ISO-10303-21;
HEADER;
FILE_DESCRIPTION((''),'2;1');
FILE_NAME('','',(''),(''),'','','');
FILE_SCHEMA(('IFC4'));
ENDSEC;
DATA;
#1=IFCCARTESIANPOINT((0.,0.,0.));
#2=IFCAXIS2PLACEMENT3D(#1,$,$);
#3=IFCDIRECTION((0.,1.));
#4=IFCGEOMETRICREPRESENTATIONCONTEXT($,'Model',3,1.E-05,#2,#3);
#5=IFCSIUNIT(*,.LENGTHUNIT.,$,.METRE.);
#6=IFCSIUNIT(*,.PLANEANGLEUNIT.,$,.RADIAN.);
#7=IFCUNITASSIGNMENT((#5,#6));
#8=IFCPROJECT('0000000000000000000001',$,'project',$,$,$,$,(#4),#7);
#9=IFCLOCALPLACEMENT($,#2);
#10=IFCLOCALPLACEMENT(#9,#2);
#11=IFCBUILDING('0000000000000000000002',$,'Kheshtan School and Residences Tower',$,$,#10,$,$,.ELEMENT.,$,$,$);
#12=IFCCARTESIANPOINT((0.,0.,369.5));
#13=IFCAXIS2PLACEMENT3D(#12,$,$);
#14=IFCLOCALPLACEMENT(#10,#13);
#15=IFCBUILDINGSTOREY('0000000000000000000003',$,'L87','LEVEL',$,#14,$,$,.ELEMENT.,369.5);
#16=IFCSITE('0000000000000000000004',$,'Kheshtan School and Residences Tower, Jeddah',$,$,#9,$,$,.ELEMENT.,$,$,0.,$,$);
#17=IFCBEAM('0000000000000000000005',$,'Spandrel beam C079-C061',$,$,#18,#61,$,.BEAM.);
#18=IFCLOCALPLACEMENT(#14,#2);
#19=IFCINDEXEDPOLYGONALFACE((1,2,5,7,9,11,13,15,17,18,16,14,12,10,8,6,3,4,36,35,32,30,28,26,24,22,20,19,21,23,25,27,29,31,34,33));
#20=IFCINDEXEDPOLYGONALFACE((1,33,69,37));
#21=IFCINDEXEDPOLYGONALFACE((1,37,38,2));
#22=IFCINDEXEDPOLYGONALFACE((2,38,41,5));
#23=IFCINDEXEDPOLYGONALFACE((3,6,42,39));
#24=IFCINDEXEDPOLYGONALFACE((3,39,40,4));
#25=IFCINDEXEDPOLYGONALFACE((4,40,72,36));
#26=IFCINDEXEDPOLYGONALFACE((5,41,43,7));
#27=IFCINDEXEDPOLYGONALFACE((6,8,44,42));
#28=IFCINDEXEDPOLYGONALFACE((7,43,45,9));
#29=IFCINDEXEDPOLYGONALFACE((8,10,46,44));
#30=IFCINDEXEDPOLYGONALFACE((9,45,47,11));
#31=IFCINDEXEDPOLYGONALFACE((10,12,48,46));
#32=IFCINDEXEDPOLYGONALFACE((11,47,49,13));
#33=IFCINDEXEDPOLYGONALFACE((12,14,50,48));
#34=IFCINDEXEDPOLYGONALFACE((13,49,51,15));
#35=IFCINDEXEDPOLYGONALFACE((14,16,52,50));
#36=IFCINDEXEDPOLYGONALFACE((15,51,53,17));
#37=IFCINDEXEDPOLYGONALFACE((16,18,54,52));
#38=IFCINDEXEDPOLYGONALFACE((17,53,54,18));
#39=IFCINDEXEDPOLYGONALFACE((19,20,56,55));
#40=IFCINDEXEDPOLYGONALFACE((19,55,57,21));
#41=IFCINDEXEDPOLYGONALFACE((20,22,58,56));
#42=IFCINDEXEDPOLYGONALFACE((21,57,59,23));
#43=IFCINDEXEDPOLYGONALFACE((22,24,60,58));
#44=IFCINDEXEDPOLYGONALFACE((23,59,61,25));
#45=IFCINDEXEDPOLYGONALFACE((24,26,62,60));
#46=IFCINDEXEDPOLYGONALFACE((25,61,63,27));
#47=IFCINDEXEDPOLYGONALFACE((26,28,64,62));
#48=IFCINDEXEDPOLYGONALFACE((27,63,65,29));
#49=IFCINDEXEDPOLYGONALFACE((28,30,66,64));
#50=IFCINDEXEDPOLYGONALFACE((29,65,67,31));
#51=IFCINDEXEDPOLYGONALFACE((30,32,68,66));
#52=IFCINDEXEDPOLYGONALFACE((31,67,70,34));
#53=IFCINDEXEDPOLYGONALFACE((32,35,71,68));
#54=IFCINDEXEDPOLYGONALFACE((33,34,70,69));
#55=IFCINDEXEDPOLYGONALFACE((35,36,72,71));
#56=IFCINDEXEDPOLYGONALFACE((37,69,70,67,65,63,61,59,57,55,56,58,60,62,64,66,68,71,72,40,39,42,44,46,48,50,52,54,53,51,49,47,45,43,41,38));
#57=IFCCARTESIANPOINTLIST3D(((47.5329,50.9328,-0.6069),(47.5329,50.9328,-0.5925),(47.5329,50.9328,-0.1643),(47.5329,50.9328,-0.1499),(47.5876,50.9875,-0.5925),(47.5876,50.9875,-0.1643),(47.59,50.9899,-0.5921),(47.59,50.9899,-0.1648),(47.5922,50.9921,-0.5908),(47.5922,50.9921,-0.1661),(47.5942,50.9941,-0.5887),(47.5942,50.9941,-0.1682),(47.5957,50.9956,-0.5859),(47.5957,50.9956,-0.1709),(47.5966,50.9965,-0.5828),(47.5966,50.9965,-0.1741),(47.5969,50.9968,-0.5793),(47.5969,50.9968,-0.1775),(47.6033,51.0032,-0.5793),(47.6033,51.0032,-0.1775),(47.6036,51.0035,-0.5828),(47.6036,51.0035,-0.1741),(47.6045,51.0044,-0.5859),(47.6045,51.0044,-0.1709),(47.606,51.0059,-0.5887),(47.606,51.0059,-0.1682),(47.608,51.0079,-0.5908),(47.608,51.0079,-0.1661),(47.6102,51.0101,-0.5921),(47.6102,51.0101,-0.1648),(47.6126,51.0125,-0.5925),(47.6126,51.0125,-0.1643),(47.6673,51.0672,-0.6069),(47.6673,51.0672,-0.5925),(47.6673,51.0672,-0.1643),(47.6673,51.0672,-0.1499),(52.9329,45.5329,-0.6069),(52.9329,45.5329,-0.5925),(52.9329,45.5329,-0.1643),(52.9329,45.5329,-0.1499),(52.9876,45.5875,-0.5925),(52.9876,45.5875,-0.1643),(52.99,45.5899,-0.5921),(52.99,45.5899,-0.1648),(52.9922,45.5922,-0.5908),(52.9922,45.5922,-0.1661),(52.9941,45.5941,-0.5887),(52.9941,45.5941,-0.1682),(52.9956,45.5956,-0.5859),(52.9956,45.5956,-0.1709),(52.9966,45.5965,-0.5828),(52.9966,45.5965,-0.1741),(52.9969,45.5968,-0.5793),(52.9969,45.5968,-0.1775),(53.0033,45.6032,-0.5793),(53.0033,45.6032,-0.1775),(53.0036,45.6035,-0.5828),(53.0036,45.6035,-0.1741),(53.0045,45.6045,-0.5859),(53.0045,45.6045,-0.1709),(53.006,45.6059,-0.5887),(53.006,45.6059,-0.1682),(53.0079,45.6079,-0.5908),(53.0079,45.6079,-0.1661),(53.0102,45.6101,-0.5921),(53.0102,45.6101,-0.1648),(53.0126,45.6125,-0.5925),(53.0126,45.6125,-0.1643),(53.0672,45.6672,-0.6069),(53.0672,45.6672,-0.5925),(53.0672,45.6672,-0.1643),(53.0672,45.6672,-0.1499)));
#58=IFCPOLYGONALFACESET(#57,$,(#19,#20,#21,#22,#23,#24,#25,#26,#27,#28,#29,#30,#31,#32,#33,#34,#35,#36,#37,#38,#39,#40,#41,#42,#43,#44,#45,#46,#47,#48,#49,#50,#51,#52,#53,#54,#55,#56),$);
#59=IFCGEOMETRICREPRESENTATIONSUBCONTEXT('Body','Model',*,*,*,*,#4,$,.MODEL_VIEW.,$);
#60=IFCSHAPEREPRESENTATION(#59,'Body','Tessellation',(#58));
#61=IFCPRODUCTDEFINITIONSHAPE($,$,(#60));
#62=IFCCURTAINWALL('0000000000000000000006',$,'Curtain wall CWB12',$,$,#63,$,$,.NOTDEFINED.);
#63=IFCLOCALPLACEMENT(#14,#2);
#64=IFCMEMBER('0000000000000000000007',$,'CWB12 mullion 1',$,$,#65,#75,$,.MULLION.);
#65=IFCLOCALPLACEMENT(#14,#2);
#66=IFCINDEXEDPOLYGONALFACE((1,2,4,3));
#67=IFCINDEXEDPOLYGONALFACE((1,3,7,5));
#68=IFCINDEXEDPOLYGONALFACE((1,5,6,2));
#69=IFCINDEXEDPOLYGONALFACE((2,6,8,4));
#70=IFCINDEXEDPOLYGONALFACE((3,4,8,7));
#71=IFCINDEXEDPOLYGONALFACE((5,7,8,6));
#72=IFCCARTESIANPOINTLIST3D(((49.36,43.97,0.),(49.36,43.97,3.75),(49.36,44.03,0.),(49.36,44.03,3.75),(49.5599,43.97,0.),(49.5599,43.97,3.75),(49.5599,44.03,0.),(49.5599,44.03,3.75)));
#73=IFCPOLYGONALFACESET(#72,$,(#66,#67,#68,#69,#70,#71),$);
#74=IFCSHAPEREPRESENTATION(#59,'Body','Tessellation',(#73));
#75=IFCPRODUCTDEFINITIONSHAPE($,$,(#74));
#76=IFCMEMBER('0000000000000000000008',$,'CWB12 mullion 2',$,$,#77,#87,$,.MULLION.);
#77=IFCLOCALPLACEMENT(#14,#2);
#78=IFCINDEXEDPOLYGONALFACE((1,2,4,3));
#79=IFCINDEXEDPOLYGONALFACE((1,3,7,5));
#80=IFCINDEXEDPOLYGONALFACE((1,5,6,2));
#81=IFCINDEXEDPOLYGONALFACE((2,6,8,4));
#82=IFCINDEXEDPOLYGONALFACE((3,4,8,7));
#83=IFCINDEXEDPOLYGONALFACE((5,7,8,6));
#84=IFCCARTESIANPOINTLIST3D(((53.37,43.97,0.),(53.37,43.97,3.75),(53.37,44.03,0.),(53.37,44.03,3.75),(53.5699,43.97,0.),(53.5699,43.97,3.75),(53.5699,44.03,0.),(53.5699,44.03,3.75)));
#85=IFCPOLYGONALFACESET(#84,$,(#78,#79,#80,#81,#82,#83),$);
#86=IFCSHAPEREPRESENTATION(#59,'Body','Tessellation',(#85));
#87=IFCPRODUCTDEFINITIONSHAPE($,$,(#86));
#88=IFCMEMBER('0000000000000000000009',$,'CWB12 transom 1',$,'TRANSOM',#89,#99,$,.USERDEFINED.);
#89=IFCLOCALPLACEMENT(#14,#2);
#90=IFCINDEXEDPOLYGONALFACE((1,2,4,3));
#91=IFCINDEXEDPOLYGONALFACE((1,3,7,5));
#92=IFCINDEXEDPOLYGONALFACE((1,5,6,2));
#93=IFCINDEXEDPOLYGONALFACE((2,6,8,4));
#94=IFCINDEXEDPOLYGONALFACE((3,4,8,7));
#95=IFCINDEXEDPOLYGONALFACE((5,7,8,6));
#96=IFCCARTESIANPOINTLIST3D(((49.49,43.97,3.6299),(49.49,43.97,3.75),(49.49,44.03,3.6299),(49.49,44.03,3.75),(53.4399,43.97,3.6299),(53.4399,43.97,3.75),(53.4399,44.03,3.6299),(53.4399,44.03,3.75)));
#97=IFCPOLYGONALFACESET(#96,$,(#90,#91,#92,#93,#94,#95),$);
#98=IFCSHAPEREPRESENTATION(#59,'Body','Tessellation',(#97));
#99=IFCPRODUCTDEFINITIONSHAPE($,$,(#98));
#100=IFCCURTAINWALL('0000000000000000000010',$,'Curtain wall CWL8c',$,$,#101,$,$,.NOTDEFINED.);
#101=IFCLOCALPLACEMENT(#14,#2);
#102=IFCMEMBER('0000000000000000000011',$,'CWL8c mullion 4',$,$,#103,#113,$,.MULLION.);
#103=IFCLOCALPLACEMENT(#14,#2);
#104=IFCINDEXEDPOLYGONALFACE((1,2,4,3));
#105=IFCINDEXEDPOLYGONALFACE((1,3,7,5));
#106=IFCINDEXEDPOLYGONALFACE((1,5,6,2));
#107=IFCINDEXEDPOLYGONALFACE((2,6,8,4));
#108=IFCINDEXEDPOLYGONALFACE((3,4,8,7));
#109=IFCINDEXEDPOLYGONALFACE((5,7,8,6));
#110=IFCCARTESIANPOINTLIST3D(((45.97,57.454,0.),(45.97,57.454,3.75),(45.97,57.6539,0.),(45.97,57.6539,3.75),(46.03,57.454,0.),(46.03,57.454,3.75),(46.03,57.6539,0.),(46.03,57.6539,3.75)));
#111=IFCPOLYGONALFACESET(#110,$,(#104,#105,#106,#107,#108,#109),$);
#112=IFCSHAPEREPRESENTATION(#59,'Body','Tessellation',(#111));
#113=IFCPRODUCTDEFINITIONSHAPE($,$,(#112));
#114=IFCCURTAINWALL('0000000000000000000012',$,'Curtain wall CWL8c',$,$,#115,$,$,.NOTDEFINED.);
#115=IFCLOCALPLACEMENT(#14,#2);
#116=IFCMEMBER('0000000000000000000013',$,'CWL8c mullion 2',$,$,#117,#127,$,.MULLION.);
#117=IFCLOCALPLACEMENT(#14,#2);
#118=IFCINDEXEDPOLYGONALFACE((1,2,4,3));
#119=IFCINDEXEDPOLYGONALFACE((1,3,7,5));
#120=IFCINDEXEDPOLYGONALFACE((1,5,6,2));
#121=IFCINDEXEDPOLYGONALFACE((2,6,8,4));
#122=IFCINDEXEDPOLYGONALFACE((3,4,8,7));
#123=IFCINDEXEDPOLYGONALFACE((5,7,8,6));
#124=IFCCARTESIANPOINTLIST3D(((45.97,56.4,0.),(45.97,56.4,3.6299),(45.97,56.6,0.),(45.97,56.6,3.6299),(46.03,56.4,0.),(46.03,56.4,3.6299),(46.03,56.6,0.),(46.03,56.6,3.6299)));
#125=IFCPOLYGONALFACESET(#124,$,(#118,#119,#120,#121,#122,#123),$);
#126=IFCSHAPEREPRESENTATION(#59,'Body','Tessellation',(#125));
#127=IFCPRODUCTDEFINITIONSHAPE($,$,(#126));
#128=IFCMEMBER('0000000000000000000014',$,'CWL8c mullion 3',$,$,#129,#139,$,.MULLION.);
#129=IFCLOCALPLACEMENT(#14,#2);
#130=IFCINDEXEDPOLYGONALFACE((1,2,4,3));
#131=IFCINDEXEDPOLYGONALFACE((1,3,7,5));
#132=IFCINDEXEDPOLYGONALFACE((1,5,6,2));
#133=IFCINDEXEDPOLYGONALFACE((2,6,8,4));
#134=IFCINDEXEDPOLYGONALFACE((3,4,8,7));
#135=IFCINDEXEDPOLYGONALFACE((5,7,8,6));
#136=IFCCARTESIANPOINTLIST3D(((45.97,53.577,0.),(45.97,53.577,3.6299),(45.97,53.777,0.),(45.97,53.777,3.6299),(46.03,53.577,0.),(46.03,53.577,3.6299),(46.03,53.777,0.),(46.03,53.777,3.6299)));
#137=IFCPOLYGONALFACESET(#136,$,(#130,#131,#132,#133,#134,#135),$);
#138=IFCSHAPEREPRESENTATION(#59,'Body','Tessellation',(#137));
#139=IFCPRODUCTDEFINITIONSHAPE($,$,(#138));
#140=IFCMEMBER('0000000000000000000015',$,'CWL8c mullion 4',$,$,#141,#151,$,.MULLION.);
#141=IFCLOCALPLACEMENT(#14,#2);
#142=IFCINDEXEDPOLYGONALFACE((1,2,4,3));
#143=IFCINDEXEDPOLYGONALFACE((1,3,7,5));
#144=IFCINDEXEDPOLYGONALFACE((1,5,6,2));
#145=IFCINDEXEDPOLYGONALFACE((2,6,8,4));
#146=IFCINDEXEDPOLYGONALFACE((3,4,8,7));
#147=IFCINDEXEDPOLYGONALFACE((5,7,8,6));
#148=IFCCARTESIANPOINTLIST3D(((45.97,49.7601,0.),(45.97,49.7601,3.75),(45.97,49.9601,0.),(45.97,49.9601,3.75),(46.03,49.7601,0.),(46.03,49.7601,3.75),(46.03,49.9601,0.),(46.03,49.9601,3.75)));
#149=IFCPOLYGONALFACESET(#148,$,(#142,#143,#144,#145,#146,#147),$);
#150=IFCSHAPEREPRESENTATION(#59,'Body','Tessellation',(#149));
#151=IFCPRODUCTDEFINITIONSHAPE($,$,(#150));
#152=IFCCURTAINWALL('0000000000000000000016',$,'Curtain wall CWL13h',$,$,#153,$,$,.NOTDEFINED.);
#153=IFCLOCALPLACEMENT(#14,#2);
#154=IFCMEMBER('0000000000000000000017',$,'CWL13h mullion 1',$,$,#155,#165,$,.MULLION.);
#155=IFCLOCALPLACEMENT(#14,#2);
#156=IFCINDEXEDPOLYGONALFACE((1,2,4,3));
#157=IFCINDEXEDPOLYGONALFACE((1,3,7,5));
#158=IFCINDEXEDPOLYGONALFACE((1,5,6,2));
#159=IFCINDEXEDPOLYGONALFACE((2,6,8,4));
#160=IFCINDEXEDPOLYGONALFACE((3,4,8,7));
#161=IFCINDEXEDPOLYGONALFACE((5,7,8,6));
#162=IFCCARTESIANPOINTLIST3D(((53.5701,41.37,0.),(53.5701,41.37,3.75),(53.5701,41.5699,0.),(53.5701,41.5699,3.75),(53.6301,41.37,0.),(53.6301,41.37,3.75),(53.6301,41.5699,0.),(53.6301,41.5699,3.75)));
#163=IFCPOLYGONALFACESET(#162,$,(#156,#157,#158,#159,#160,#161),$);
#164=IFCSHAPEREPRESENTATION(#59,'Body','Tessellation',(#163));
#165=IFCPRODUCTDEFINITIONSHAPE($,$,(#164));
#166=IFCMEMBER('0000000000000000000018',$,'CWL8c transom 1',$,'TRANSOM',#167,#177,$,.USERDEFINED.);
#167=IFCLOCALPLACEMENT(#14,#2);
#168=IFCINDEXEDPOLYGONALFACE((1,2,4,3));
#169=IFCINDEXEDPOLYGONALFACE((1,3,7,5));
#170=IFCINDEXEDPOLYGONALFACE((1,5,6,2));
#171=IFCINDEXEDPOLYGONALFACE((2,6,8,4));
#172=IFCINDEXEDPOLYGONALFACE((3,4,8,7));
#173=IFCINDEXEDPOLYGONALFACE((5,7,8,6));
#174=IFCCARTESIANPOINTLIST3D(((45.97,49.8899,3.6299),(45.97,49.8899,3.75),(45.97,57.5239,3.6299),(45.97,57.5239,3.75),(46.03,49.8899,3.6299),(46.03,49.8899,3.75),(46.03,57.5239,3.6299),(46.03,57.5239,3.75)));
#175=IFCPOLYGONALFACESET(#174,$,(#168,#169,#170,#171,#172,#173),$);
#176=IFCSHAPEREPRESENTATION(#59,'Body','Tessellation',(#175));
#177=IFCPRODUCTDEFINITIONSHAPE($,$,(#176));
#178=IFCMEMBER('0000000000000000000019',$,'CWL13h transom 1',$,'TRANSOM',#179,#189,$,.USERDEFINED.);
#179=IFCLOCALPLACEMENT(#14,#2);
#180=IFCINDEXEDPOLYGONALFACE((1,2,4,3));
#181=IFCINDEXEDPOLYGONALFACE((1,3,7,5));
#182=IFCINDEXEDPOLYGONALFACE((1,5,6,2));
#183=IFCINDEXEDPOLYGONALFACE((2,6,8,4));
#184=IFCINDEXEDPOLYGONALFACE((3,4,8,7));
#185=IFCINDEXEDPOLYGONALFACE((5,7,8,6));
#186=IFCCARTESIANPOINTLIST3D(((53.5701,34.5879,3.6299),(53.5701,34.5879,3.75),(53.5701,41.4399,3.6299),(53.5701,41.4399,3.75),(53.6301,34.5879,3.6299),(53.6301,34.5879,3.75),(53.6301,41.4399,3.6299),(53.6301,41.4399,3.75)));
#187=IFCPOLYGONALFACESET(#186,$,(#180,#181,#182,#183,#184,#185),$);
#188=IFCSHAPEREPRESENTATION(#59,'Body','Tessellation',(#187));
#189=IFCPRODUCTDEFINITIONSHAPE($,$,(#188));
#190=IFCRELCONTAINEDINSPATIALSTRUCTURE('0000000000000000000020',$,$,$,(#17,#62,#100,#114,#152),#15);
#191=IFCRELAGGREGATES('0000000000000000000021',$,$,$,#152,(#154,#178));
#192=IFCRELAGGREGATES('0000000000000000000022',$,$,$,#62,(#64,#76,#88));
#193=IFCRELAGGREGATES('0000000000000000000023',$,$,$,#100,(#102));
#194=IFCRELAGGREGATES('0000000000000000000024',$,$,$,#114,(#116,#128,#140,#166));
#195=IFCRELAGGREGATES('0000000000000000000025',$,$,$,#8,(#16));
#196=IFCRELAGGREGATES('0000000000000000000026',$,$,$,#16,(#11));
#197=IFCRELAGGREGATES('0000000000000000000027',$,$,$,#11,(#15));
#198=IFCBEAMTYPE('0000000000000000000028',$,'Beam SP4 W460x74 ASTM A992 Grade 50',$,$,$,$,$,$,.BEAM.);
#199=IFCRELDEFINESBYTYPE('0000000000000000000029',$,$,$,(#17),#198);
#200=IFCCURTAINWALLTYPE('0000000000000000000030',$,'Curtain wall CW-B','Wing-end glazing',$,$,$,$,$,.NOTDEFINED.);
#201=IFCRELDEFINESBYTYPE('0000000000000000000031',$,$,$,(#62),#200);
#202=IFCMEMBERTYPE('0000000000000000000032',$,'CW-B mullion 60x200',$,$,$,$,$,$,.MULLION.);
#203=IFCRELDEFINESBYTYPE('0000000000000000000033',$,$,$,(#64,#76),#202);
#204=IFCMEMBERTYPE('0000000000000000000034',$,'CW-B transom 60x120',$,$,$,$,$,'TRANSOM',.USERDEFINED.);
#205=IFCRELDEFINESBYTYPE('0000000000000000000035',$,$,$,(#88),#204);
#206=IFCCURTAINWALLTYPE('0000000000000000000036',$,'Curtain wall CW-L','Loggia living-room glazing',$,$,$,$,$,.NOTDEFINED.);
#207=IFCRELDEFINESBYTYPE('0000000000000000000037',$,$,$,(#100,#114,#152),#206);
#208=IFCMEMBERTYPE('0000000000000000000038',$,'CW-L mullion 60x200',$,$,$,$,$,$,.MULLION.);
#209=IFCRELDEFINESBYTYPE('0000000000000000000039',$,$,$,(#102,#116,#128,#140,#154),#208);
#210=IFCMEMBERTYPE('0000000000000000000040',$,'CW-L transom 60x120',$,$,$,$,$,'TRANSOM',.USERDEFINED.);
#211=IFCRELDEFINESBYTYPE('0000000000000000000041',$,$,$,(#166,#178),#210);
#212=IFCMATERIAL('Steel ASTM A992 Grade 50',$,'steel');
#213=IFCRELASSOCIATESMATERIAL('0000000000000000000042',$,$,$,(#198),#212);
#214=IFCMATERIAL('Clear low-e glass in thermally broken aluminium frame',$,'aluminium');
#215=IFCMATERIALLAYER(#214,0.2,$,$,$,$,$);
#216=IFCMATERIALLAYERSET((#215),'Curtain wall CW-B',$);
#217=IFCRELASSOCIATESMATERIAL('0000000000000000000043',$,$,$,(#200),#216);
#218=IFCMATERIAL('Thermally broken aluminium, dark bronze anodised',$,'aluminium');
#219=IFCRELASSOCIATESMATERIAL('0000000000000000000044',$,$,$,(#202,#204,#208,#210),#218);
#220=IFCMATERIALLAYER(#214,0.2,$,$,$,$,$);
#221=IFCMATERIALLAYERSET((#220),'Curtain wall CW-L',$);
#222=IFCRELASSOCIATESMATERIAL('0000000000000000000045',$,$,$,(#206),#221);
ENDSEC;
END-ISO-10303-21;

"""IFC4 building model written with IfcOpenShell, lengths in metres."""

from ifc_helpers import new_model, si_unit, direction, frame, origin, origin_2d, place, context, subcontext, project, spatial, rectangle, i_section, extrude, material, layer, layer_set, material_profile, profile_set, type_object, element, aggregate, save


model = new_model("IFC4")

# Units and contexts
model_context = context("Model", 3, precision=1e-05, world=origin(), true_north=direction((0.0, 1.0)))
body_context = subcontext(model_context, "Body", "Model", "MODEL_VIEW")
ifc_project = project(units=[si_unit("LENGTHUNIT", "METRE"), si_unit("PLANEANGLEUNIT", "RADIAN")], contexts=[model_context])

# Site, building, storey
site_placement = place(None, origin())
site = spatial("IfcSite", under=ifc_project, at=site_placement, Name="Kheshtan School and Residences Tower, Jeddah", CompositionType="ELEMENT", RefElevation=0.0)
building_placement = place(site_placement, origin())
building = spatial("IfcBuilding", under=site, at=building_placement, Name="Kheshtan School and Residences Tower", CompositionType="ELEMENT")
storey_placement = place(building_placement, frame((0.0, 0.0, 369.5)))
storey = spatial("IfcBuildingStorey", under=building, at=storey_placement, Name="L87", Description="LEVEL", CompositionType="ELEMENT", Elevation=369.5)

# Shared definitions
ifc_material_1 = material(Name="Steel ASTM A992 Grade 50", Category="steel")

# Beam
ifc_material_profile_1 = material_profile(ifc_material_1, i_section(OverallWidth=0.1899, OverallDepth=0.457, WebThickness=0.009, FlangeThickness=0.0144, FilletRadius=0.0132, at=origin_2d()), Name="W460x74")
ifc_profile_set_1 = profile_set([ifc_material_profile_1], Name="Steel ASTM A992 Grade 50")
beam_type_1 = type_object("IfcBeamType", Name="Beam SP4 W460x74 ASTM A992 Grade 50", PredefinedType="BEAM", material=ifc_profile_set_1)
beam_1_placement = place(storey_placement, frame((47.6001, 51.0, -0.3784), z_axis=(0.707107, -0.707107, 0.0), x_axis=(0.707107, 0.707107, 0.0)))
element("IfcBeam", 1, at=beam_1_placement, inside=storey, type_object=beam_type_1, Name="Spandrel beam C079-C061", PredefinedType="BEAM", context=body_context, shape_type="SweptSolid", body=[
    extrude(i_section(OverallWidth=0.1899, OverallDepth=0.457, WebThickness=0.009, FlangeThickness=0.0144, FilletRadius=0.0132, at=origin_2d()), origin(), (0.0, 0.0, 1.0), 7.6367),
])

# Curtain wall, members
ifc_material_2 = material(Name="Clear low-e glass in thermally broken aluminium frame", Category="aluminium")
ifc_layer_1 = layer(ifc_material_2, 0.2)
ifc_layer_set_1 = layer_set([ifc_layer_1], Name="Curtain wall CW-B")
curtain_wall_type_1 = type_object("IfcCurtainWallType", Name="Curtain wall CW-B", Description="Wing-end glazing", PredefinedType="NOTDEFINED", material=ifc_layer_set_1)
curtain_wall_1_placement = place(storey_placement, origin())
curtain_wall_1 = element("IfcCurtainWall", 2, at=curtain_wall_1_placement, inside=storey, type_object=curtain_wall_type_1, Name="Curtain wall CWB12", PredefinedType="NOTDEFINED")
ifc_material_3 = material(Name="Thermally broken aluminium, dark bronze anodised", Category="aluminium")
ifc_material_profile_2 = material_profile(ifc_material_3, rectangle(XDim=0.0601, YDim=0.2, at=origin_2d()), Name="CW-B mullion 60x200")
ifc_profile_set_2 = profile_set([ifc_material_profile_2], Name="Thermally broken aluminium, dark bronze anodised")
member_type_1 = type_object("IfcMemberType", Name="CW-B mullion 60x200", PredefinedType="MULLION", material=ifc_profile_set_2)
member_1_placement = place(storey_placement, frame((49.46, 44.0, 0.0), z_axis=(0.0, 0.0, 1.0), x_axis=(0.0, 1.0, 0.0)))
member_1 = element("IfcMember", 3, at=member_1_placement, type_object=member_type_1, Name="CWB12 mullion 1", PredefinedType="MULLION", context=body_context, shape_type="SweptSolid", body=[
    extrude(rectangle(XDim=0.0601, YDim=0.2, at=origin_2d()), origin(), (0.0, 0.0, 1.0), 3.75),
])
member_2_placement = place(storey_placement, frame((53.47, 44.0, 0.0), z_axis=(0.0, 0.0, 1.0), x_axis=(0.0, 1.0, 0.0)))
member_2 = element("IfcMember", 4, at=member_2_placement, type_object=member_type_1, Name="CWB12 mullion 2", PredefinedType="MULLION", context=body_context, shape_type="SweptSolid", body=[
    extrude(rectangle(XDim=0.0601, YDim=0.2, at=origin_2d()), origin(), (0.0, 0.0, 1.0), 3.75),
])
ifc_material_profile_3 = material_profile(ifc_material_3, rectangle(XDim=0.0601, YDim=0.1201, at=origin_2d()), Name="CW-B transom 60x120")
ifc_profile_set_3 = profile_set([ifc_material_profile_3], Name="Thermally broken aluminium, dark bronze anodised")
member_type_2 = type_object("IfcMemberType", Name="CW-B transom 60x120", ElementType="TRANSOM", PredefinedType="USERDEFINED", material=ifc_profile_set_3)
member_3_placement = place(storey_placement, frame((49.49, 44.0, 3.6899), z_axis=(1.0, 0.0, 0.0), x_axis=(0.0, 1.0, 0.0)))
member_3 = element("IfcMember", 5, at=member_3_placement, type_object=member_type_2, Name="CWB12 transom 1", ObjectType="TRANSOM", PredefinedType="USERDEFINED", context=body_context, shape_type="SweptSolid", body=[
    extrude(rectangle(XDim=0.0601, YDim=0.1201, at=origin_2d()), origin(), (0.0, 0.0, 1.0), 3.95),
])

# Curtain wall, member
ifc_layer_2 = layer(ifc_material_2, 0.2)
ifc_layer_set_2 = layer_set([ifc_layer_2], Name="Curtain wall CW-L")
curtain_wall_type_2 = type_object("IfcCurtainWallType", Name="Curtain wall CW-L", Description="Loggia living-room glazing", PredefinedType="NOTDEFINED", material=ifc_layer_set_2)
curtain_wall_2_placement = place(storey_placement, origin())
curtain_wall_2 = element("IfcCurtainWall", 6, at=curtain_wall_2_placement, inside=storey, type_object=curtain_wall_type_2, Name="Curtain wall CWL8c", PredefinedType="NOTDEFINED")
ifc_material_profile_4 = material_profile(ifc_material_3, rectangle(XDim=0.0601, YDim=0.2, at=origin_2d()), Name="CW-L mullion 60x200")
ifc_profile_set_4 = profile_set([ifc_material_profile_4], Name="Thermally broken aluminium, dark bronze anodised")
member_type_3 = type_object("IfcMemberType", Name="CW-L mullion 60x200", PredefinedType="MULLION", material=ifc_profile_set_4)
member_4_placement = place(storey_placement, frame((46.0, 57.554, 0.0), z_axis=(0.0, 0.0, 1.0), x_axis=(1.0, 0.0, 0.0)))
member_4 = element("IfcMember", 7, at=member_4_placement, type_object=member_type_3, Name="CWL8c mullion 4", PredefinedType="MULLION", context=body_context, shape_type="SweptSolid", body=[
    extrude(rectangle(XDim=0.0601, YDim=0.2, at=origin_2d()), origin(), (0.0, 0.0, 1.0), 3.75),
])

# Curtain wall, members
curtain_wall_3_placement = place(storey_placement, origin())
curtain_wall_3 = element("IfcCurtainWall", 8, at=curtain_wall_3_placement, inside=storey, type_object=curtain_wall_type_2, Name="Curtain wall CWL8c", PredefinedType="NOTDEFINED")
member_5_placement = place(storey_placement, frame((46.0, 56.5, 0.0), z_axis=(0.0, 0.0, 1.0), x_axis=(1.0, 0.0, 0.0)))
member_5 = element("IfcMember", 9, at=member_5_placement, type_object=member_type_3, Name="CWL8c mullion 2", PredefinedType="MULLION", context=body_context, shape_type="SweptSolid", body=[
    extrude(rectangle(XDim=0.0601, YDim=0.2, at=origin_2d()), origin(), (0.0, 0.0, 1.0), 3.6299),
])
member_6_placement = place(storey_placement, frame((46.0, 53.677, 0.0), z_axis=(0.0, 0.0, 1.0), x_axis=(1.0, 0.0, 0.0)))
member_6 = element("IfcMember", 10, at=member_6_placement, type_object=member_type_3, Name="CWL8c mullion 3", PredefinedType="MULLION", context=body_context, shape_type="SweptSolid", body=[
    extrude(rectangle(XDim=0.0601, YDim=0.2, at=origin_2d()), origin(), (0.0, 0.0, 1.0), 3.6299),
])
member_7_placement = place(storey_placement, frame((46.0, 49.8601, 0.0), z_axis=(0.0, 0.0, 1.0), x_axis=(1.0, 0.0, 0.0)))
member_7 = element("IfcMember", 11, at=member_7_placement, type_object=member_type_3, Name="CWL8c mullion 4", PredefinedType="MULLION", context=body_context, shape_type="SweptSolid", body=[
    extrude(rectangle(XDim=0.0601, YDim=0.2, at=origin_2d()), origin(), (0.0, 0.0, 1.0), 3.75),
])

# Curtain wall, member
curtain_wall_4_placement = place(storey_placement, origin())
curtain_wall_4 = element("IfcCurtainWall", 12, at=curtain_wall_4_placement, inside=storey, type_object=curtain_wall_type_2, Name="Curtain wall CWL13h", PredefinedType="NOTDEFINED")
member_8_placement = place(storey_placement, frame((53.6001, 41.47, 0.0), z_axis=(0.0, 0.0, 1.0), x_axis=(1.0, 0.0, 0.0)))
member_8 = element("IfcMember", 13, at=member_8_placement, type_object=member_type_3, Name="CWL13h mullion 1", PredefinedType="MULLION", context=body_context, shape_type="SweptSolid", body=[
    extrude(rectangle(XDim=0.0601, YDim=0.2, at=origin_2d()), origin(), (0.0, 0.0, 1.0), 3.75),
])

# Members
ifc_material_profile_5 = material_profile(ifc_material_3, rectangle(XDim=0.0601, YDim=0.1201, at=origin_2d()), Name="CW-L transom 60x120")
ifc_profile_set_5 = profile_set([ifc_material_profile_5], Name="Thermally broken aluminium, dark bronze anodised")
member_type_4 = type_object("IfcMemberType", Name="CW-L transom 60x120", ElementType="TRANSOM", PredefinedType="USERDEFINED", material=ifc_profile_set_5)
member_9_placement = place(storey_placement, frame((46.0, 57.5239, 3.6899), z_axis=(0.0, -1.0, 0.0), x_axis=(1.0, 0.0, 0.0)))
member_9 = element("IfcMember", 14, at=member_9_placement, type_object=member_type_4, Name="CWL8c transom 1", ObjectType="TRANSOM", PredefinedType="USERDEFINED", context=body_context, shape_type="SweptSolid", body=[
    extrude(rectangle(XDim=0.0601, YDim=0.1201, at=origin_2d()), origin(), (0.0, 0.0, 1.0), 7.634),
])
member_10_placement = place(storey_placement, frame((53.6001, 41.4399, 3.6899), z_axis=(0.0, -1.0, 0.0), x_axis=(1.0, 0.0, 0.0)))
member_10 = element("IfcMember", 15, at=member_10_placement, type_object=member_type_4, Name="CWL13h transom 1", ObjectType="TRANSOM", PredefinedType="USERDEFINED", context=body_context, shape_type="SweptSolid", body=[
    extrude(rectangle(XDim=0.0601, YDim=0.1201, at=origin_2d()), origin(), (0.0, 0.0, 1.0), 6.8521),
])
aggregate(curtain_wall_4, [member_8, member_10])

aggregate(curtain_wall_1, [member_1, member_2, member_3])
aggregate(curtain_wall_2, [member_4])
aggregate(curtain_wall_3, [member_5, member_6, member_7, member_9])

save(model, "model.ifc")
